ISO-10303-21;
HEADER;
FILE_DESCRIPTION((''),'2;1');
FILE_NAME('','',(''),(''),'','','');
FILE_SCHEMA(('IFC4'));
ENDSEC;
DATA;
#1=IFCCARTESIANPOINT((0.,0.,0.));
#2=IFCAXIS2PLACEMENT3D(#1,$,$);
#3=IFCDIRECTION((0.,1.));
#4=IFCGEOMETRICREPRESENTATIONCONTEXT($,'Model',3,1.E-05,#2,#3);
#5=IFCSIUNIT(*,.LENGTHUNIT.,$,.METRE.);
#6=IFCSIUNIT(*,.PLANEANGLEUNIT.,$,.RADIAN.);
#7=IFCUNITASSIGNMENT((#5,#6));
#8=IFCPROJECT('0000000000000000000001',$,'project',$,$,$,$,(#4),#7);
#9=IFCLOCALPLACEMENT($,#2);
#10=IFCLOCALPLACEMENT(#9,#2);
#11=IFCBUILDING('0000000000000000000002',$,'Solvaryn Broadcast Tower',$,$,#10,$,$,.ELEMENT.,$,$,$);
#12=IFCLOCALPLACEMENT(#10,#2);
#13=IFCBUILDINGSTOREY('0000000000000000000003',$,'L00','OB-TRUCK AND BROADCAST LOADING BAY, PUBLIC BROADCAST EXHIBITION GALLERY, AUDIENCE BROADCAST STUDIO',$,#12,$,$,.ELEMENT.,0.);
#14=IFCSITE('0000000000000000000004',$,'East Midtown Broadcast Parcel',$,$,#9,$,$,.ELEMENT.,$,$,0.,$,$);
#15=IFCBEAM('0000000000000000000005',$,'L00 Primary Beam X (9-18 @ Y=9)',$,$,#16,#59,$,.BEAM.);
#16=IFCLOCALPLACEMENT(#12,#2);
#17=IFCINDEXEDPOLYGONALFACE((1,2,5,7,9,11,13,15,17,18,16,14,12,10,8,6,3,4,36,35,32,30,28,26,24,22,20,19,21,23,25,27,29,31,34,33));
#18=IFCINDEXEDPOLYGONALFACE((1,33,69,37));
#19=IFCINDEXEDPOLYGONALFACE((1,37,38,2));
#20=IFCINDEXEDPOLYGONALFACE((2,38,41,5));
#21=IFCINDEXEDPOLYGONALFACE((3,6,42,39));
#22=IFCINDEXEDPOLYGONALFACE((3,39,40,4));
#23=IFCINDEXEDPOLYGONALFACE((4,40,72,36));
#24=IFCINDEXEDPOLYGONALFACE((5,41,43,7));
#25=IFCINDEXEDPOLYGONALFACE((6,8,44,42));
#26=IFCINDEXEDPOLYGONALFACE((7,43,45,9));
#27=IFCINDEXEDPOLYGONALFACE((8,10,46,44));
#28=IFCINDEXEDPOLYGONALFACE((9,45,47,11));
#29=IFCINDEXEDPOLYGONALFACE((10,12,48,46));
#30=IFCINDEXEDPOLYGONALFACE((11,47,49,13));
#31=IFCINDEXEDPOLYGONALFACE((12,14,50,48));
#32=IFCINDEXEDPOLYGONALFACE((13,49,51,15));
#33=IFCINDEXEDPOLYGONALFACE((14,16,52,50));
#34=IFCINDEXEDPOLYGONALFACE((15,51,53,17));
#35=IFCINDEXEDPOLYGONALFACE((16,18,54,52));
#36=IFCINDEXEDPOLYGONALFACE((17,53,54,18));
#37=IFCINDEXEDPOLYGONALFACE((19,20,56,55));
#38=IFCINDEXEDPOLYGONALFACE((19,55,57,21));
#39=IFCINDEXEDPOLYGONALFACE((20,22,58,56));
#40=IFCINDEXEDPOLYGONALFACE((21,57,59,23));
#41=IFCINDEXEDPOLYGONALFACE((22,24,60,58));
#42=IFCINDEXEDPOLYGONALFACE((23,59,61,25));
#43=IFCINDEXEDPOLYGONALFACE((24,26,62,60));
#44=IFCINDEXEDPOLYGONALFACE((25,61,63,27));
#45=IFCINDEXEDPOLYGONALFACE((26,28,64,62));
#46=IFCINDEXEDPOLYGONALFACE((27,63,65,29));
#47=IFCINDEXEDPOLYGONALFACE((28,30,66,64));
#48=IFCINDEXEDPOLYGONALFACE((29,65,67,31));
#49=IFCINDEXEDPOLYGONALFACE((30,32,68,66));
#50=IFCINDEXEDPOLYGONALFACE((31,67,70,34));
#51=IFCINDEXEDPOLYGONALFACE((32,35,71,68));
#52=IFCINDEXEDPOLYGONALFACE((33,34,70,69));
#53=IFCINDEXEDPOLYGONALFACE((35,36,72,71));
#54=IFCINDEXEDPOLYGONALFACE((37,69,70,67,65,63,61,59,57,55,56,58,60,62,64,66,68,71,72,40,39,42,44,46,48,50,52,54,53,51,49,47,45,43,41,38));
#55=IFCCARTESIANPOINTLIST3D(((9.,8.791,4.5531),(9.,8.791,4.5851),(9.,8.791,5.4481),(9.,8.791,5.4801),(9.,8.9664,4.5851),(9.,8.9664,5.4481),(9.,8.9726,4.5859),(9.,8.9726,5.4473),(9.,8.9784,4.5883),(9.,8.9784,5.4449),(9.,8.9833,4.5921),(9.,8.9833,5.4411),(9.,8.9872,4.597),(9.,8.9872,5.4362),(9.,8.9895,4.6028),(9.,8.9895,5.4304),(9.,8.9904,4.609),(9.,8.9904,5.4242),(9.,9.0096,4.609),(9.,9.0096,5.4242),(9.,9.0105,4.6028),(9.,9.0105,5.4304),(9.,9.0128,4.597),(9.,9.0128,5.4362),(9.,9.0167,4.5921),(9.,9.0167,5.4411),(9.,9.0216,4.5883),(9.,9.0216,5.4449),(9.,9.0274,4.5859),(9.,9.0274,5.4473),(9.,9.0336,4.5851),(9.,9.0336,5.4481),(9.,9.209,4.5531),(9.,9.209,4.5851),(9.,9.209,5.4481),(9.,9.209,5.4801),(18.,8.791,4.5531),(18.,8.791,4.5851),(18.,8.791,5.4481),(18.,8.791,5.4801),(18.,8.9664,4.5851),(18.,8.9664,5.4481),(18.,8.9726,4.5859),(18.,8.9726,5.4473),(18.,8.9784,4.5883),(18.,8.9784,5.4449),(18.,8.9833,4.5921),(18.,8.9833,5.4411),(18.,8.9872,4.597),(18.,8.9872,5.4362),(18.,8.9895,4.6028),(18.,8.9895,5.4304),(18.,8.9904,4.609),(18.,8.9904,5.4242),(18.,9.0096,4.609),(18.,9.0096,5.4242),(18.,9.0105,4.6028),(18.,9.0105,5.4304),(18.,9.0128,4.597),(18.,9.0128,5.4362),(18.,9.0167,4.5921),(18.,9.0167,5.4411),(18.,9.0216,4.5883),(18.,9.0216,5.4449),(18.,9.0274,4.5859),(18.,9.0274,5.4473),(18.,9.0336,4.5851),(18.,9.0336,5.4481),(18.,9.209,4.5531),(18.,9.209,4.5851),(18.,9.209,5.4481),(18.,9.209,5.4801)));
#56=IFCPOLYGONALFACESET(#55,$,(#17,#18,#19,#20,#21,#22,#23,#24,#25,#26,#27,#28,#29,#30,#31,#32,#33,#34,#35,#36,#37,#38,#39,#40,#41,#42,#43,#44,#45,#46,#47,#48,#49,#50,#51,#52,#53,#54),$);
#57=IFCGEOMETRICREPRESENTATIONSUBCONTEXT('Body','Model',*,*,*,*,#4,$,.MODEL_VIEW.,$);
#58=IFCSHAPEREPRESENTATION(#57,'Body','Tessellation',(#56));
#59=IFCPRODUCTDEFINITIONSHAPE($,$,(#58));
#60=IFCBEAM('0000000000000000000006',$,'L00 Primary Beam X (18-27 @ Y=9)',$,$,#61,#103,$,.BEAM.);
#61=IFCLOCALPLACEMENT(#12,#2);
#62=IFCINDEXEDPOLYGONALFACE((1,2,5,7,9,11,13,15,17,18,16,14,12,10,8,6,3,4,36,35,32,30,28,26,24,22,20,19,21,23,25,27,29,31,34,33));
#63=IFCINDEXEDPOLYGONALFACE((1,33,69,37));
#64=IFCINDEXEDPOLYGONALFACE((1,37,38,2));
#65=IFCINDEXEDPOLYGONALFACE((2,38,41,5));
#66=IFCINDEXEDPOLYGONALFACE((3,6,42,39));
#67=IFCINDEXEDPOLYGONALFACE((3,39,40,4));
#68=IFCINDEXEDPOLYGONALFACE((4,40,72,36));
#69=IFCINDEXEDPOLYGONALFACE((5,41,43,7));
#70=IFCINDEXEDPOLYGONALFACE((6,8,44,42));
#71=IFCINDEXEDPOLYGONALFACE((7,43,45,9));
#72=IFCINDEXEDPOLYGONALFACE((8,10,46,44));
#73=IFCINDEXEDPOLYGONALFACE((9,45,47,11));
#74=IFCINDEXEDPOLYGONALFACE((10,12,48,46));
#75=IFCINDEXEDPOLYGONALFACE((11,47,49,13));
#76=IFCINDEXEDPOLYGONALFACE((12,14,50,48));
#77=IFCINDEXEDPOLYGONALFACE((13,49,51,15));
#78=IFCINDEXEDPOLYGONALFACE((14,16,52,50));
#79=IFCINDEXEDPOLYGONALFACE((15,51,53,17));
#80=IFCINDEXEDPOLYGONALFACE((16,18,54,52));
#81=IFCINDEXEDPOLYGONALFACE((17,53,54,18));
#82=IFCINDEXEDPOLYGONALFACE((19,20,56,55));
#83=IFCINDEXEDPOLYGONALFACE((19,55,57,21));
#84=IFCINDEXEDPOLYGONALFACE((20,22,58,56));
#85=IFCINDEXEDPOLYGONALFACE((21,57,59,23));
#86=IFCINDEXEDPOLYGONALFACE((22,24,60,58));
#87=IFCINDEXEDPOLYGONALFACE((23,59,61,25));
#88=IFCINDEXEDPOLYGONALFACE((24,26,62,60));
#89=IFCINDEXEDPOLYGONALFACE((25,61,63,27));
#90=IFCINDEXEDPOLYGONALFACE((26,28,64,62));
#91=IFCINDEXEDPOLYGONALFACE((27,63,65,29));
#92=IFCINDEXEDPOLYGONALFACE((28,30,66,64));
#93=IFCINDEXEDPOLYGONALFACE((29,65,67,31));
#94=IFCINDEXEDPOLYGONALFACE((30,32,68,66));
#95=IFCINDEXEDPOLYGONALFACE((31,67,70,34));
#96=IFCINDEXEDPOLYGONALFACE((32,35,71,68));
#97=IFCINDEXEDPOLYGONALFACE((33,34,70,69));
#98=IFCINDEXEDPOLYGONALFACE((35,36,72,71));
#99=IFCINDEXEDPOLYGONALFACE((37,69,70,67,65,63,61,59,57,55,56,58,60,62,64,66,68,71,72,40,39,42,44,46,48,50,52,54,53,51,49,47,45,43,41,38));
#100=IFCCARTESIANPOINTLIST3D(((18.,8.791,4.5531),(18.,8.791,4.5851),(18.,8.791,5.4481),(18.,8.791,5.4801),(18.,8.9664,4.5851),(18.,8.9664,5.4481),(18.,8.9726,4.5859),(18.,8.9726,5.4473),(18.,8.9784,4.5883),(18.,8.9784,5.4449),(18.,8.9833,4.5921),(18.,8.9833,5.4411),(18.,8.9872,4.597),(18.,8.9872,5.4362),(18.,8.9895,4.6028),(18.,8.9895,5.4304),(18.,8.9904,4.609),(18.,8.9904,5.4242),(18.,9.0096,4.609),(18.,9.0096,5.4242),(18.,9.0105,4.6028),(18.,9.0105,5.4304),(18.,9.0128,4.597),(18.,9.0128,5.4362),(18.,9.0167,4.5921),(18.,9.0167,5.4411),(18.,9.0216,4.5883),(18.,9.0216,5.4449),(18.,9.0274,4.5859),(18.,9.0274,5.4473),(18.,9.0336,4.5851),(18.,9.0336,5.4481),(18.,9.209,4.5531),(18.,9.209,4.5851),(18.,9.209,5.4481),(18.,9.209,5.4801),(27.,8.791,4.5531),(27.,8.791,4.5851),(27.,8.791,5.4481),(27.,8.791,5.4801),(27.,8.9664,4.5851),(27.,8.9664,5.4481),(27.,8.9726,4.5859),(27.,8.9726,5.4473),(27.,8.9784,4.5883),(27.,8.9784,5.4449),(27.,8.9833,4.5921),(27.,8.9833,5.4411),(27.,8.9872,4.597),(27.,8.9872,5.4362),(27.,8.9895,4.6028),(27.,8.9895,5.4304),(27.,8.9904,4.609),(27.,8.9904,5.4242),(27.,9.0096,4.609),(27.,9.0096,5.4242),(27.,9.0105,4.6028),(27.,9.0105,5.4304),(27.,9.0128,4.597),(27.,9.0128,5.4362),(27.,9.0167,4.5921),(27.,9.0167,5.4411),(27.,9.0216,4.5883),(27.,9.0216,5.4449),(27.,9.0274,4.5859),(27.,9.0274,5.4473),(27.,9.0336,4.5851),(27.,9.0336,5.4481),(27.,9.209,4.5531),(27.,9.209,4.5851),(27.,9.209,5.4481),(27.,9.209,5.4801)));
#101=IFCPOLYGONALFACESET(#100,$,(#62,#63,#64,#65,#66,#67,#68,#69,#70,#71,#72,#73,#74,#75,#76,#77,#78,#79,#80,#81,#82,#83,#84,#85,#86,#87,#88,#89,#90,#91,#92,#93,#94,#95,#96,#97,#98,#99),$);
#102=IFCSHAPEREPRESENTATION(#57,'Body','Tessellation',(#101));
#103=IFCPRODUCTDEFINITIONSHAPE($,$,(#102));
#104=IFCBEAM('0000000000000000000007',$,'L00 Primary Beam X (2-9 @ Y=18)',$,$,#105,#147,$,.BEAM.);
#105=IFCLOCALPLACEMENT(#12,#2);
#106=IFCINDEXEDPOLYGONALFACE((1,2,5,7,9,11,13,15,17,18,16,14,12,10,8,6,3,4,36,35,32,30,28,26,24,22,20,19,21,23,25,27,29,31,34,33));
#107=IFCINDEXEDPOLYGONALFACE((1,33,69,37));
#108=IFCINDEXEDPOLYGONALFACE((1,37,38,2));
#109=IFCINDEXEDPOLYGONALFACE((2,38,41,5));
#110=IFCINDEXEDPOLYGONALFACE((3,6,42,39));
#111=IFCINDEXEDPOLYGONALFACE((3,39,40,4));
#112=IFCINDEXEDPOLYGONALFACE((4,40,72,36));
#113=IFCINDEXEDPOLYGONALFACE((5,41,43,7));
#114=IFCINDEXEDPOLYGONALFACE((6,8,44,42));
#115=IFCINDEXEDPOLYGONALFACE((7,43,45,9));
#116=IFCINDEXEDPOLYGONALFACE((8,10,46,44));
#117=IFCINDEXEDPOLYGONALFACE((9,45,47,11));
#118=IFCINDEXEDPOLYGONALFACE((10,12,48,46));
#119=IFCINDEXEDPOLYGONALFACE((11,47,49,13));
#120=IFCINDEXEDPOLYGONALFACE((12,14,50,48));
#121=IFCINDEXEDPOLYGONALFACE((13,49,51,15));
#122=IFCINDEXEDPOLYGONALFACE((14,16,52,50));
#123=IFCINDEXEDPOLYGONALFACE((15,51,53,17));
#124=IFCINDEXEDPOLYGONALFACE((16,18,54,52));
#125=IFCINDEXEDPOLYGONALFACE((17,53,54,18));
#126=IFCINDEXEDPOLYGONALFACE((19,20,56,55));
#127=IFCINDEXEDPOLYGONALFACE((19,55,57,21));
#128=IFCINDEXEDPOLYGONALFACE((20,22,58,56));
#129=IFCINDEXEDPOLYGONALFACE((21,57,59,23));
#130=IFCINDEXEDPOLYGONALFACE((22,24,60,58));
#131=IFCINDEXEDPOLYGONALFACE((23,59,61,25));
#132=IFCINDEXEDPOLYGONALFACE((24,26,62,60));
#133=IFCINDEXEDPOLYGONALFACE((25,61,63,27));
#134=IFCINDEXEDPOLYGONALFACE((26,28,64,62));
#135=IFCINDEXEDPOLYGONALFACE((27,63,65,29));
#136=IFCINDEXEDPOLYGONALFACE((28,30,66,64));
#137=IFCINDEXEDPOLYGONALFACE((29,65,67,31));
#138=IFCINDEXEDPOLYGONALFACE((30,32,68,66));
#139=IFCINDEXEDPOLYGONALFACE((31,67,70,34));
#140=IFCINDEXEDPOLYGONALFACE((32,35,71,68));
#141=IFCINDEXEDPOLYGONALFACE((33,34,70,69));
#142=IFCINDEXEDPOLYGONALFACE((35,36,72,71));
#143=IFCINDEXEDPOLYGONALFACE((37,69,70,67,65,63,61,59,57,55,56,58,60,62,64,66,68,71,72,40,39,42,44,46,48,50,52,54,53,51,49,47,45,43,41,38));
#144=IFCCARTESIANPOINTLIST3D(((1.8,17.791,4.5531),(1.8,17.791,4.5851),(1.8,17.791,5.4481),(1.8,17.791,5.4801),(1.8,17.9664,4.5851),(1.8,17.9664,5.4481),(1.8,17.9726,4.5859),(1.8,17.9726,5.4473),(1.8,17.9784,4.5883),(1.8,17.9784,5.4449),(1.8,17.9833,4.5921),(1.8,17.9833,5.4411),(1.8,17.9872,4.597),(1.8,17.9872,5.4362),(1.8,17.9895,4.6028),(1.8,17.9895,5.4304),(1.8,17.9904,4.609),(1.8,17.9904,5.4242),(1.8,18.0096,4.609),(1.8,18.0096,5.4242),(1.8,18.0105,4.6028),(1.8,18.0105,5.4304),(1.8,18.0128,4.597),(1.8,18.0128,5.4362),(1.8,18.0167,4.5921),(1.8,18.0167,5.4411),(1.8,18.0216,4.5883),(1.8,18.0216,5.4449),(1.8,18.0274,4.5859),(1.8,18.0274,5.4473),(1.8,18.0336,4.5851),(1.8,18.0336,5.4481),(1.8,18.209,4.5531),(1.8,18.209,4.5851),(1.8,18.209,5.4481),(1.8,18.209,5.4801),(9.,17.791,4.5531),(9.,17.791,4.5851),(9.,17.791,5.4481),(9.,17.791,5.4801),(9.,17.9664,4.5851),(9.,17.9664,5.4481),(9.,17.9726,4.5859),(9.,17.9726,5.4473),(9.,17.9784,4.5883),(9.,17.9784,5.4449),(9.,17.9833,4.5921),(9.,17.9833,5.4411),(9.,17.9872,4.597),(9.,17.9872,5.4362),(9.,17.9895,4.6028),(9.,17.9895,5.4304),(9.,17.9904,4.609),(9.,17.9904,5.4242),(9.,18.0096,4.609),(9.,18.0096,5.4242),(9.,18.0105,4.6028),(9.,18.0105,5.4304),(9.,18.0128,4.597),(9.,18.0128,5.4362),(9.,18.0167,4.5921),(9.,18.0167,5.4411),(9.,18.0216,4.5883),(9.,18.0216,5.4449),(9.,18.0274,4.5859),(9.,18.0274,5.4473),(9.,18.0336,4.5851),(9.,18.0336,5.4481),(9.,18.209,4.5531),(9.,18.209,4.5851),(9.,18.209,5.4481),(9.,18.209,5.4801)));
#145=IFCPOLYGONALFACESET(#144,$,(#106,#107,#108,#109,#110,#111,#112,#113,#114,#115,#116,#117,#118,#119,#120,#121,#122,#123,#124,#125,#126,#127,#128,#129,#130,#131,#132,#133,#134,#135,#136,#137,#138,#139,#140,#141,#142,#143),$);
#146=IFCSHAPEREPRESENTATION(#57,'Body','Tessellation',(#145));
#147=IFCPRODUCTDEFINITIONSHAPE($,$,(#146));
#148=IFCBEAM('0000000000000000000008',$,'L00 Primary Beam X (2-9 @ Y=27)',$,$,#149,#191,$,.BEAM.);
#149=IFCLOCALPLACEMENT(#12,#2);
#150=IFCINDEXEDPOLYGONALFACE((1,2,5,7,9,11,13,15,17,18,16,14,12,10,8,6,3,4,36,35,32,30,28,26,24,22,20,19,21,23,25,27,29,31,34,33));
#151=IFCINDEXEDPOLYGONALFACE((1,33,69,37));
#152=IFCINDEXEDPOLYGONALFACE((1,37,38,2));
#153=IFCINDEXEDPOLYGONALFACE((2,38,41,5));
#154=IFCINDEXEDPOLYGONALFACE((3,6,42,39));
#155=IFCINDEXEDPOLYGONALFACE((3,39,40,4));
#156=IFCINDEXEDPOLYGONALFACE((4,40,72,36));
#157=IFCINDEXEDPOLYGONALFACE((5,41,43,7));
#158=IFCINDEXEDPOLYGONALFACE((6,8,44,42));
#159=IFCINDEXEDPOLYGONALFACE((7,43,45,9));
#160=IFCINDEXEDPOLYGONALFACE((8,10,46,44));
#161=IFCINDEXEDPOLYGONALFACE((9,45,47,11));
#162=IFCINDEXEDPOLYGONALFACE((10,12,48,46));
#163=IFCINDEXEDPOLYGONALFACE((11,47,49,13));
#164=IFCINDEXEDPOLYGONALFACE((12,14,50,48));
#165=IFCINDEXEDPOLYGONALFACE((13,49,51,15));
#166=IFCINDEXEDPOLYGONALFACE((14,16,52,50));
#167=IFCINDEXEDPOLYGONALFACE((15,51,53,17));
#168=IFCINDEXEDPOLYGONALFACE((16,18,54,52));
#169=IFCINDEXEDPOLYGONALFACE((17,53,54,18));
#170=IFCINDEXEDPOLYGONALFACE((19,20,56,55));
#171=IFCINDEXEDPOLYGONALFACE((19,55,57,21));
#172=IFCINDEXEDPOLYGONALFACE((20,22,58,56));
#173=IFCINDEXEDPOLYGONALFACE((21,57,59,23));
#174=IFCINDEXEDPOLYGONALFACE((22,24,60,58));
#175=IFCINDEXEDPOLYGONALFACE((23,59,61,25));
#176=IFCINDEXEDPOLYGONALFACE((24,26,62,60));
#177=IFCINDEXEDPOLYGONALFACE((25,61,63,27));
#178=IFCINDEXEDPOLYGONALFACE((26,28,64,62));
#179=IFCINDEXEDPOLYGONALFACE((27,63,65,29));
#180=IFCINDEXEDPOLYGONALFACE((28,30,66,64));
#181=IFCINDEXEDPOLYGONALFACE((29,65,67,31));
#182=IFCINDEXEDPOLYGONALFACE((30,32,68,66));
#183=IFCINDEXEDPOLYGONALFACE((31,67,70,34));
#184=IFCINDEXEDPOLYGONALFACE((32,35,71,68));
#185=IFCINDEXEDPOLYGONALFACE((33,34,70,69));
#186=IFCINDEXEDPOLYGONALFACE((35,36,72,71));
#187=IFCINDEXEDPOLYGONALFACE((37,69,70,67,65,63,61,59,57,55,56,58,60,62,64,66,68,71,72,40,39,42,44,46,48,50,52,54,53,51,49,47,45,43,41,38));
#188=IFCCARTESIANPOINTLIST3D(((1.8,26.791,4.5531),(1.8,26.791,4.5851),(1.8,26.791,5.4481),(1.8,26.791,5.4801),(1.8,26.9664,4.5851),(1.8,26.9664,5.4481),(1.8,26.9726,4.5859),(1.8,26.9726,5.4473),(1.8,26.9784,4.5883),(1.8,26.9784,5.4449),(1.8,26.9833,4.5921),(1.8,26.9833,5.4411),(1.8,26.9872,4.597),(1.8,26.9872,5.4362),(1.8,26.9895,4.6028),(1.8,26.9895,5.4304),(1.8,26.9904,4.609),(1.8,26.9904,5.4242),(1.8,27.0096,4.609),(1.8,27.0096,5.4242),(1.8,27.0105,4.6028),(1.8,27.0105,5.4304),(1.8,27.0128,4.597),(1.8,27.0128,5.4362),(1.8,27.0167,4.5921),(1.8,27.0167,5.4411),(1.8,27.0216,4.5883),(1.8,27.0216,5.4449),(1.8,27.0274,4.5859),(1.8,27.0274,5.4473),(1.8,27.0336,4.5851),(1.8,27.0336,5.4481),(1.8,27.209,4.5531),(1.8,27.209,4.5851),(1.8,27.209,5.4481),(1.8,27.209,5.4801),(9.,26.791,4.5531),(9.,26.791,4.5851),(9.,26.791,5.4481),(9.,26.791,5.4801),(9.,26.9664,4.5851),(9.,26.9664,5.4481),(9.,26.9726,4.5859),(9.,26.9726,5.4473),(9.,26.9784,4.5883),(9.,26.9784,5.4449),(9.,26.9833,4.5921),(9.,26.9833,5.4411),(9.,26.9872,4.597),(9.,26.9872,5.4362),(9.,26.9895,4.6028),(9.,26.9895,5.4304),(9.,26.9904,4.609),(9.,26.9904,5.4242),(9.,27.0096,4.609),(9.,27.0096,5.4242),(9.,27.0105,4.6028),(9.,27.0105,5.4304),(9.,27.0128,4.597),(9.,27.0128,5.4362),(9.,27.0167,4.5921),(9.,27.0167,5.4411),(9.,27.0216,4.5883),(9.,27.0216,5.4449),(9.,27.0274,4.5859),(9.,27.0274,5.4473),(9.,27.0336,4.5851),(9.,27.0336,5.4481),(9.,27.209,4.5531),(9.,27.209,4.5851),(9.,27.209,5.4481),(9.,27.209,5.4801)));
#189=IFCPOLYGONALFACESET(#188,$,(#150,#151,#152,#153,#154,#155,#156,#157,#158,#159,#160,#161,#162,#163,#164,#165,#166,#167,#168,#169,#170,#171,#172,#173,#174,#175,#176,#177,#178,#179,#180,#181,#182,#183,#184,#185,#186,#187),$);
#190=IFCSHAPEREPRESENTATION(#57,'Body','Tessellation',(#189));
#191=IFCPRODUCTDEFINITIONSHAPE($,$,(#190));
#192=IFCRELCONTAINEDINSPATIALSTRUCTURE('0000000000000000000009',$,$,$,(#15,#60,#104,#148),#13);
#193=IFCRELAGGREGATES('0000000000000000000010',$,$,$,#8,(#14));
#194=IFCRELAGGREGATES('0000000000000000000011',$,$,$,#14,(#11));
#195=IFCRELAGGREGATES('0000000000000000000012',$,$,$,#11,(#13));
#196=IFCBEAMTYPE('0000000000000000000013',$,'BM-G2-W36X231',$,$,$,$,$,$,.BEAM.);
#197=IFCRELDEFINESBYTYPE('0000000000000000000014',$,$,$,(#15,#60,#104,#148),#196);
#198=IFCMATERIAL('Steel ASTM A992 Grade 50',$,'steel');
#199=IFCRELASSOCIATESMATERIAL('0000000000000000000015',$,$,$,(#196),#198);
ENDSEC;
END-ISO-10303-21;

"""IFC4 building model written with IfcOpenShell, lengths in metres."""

from ifc_helpers import new_model, si_unit, direction, frame, origin, origin_2d, place, context, subcontext, project, spatial, i_section, extrude, material, material_profile, profile_set, type_object, element, save


model = new_model("IFC4")

# Units and contexts
model_context = context("Model", 3, precision=1e-05, world=origin(), true_north=direction((0.0, 1.0)))
body_context = subcontext(model_context, "Body", "Model", "MODEL_VIEW")
ifc_project = project(units=[si_unit("LENGTHUNIT", "METRE"), si_unit("PLANEANGLEUNIT", "RADIAN")], contexts=[model_context])

# Site, building, storey
site_placement = place(None, origin())
site = spatial("IfcSite", under=ifc_project, at=site_placement, Name="East Midtown Broadcast Parcel", CompositionType="ELEMENT", RefElevation=0.0)
building_placement = place(site_placement, origin())
building = spatial("IfcBuilding", under=site, at=building_placement, Name="Solvaryn Broadcast Tower", CompositionType="ELEMENT")
storey_placement = place(building_placement, origin())
storey = spatial("IfcBuildingStorey", under=building, at=storey_placement, Name="L00", Description="OB-TRUCK AND BROADCAST LOADING BAY, PUBLIC BROADCAST EXHIBITION GALLERY, AUDIENCE BROADCAST STUDIO", CompositionType="ELEMENT", Elevation=0.0)

# Beams
ifc_material_1 = material(Name="Steel ASTM A992 Grade 50", Category="steel")
ifc_material_profile_1 = material_profile(ifc_material_1, i_section(OverallWidth=0.418, OverallDepth=0.927, WebThickness=0.0193, FlangeThickness=0.032, FilletRadius=0.0239, at=origin_2d()))
ifc_profile_set_1 = profile_set([ifc_material_profile_1], Name="Steel ASTM A992 Grade 50")
beam_type_1 = type_object("IfcBeamType", Name="BM-G2-W36X231", PredefinedType="BEAM", material=ifc_profile_set_1)
for number, where, z_axis, x_axis, name in (
    (1, (9.0, 9.0, 5.0166), (1.0, 0.0, 0.0), (0.0, 1.0, 0.0), "L00 Primary Beam X (9-18 @ Y=9)"),
    (2, (18.0, 9.0, 5.0166), (1.0, 0.0, 0.0), (0.0, 1.0, 0.0), "L00 Primary Beam X (18-27 @ Y=9)"),
):
    element("IfcBeam", number, at=place(storey_placement, frame(where, z_axis=z_axis, x_axis=x_axis)), inside=storey, type_object=beam_type_1, Name=name, PredefinedType="BEAM", context=body_context, shape_type="SweptSolid", body=[
        extrude(i_section(OverallWidth=0.418, OverallDepth=0.927, WebThickness=0.0193, FlangeThickness=0.032, FilletRadius=0.0239, at=origin_2d()), origin(), (0.0, 0.0, 1.0), 9.0),
    ])
for number, where, z_axis, x_axis, name in (
    (3, (1.8, 18.0, 5.0166), (1.0, 0.0, 0.0), (0.0, 1.0, 0.0), "L00 Primary Beam X (2-9 @ Y=18)"),
    (4, (1.8, 27.0, 5.0166), (1.0, 0.0, 0.0), (0.0, 1.0, 0.0), "L00 Primary Beam X (2-9 @ Y=27)"),
):
    element("IfcBeam", number, at=place(storey_placement, frame(where, z_axis=z_axis, x_axis=x_axis)), inside=storey, type_object=beam_type_1, Name=name, PredefinedType="BEAM", context=body_context, shape_type="SweptSolid", body=[
        extrude(i_section(OverallWidth=0.418, OverallDepth=0.927, WebThickness=0.0193, FlangeThickness=0.032, FilletRadius=0.0239, at=origin_2d()), origin(), (0.0, 0.0, 1.0), 7.2),
    ])

save(model, "model.ifc")
